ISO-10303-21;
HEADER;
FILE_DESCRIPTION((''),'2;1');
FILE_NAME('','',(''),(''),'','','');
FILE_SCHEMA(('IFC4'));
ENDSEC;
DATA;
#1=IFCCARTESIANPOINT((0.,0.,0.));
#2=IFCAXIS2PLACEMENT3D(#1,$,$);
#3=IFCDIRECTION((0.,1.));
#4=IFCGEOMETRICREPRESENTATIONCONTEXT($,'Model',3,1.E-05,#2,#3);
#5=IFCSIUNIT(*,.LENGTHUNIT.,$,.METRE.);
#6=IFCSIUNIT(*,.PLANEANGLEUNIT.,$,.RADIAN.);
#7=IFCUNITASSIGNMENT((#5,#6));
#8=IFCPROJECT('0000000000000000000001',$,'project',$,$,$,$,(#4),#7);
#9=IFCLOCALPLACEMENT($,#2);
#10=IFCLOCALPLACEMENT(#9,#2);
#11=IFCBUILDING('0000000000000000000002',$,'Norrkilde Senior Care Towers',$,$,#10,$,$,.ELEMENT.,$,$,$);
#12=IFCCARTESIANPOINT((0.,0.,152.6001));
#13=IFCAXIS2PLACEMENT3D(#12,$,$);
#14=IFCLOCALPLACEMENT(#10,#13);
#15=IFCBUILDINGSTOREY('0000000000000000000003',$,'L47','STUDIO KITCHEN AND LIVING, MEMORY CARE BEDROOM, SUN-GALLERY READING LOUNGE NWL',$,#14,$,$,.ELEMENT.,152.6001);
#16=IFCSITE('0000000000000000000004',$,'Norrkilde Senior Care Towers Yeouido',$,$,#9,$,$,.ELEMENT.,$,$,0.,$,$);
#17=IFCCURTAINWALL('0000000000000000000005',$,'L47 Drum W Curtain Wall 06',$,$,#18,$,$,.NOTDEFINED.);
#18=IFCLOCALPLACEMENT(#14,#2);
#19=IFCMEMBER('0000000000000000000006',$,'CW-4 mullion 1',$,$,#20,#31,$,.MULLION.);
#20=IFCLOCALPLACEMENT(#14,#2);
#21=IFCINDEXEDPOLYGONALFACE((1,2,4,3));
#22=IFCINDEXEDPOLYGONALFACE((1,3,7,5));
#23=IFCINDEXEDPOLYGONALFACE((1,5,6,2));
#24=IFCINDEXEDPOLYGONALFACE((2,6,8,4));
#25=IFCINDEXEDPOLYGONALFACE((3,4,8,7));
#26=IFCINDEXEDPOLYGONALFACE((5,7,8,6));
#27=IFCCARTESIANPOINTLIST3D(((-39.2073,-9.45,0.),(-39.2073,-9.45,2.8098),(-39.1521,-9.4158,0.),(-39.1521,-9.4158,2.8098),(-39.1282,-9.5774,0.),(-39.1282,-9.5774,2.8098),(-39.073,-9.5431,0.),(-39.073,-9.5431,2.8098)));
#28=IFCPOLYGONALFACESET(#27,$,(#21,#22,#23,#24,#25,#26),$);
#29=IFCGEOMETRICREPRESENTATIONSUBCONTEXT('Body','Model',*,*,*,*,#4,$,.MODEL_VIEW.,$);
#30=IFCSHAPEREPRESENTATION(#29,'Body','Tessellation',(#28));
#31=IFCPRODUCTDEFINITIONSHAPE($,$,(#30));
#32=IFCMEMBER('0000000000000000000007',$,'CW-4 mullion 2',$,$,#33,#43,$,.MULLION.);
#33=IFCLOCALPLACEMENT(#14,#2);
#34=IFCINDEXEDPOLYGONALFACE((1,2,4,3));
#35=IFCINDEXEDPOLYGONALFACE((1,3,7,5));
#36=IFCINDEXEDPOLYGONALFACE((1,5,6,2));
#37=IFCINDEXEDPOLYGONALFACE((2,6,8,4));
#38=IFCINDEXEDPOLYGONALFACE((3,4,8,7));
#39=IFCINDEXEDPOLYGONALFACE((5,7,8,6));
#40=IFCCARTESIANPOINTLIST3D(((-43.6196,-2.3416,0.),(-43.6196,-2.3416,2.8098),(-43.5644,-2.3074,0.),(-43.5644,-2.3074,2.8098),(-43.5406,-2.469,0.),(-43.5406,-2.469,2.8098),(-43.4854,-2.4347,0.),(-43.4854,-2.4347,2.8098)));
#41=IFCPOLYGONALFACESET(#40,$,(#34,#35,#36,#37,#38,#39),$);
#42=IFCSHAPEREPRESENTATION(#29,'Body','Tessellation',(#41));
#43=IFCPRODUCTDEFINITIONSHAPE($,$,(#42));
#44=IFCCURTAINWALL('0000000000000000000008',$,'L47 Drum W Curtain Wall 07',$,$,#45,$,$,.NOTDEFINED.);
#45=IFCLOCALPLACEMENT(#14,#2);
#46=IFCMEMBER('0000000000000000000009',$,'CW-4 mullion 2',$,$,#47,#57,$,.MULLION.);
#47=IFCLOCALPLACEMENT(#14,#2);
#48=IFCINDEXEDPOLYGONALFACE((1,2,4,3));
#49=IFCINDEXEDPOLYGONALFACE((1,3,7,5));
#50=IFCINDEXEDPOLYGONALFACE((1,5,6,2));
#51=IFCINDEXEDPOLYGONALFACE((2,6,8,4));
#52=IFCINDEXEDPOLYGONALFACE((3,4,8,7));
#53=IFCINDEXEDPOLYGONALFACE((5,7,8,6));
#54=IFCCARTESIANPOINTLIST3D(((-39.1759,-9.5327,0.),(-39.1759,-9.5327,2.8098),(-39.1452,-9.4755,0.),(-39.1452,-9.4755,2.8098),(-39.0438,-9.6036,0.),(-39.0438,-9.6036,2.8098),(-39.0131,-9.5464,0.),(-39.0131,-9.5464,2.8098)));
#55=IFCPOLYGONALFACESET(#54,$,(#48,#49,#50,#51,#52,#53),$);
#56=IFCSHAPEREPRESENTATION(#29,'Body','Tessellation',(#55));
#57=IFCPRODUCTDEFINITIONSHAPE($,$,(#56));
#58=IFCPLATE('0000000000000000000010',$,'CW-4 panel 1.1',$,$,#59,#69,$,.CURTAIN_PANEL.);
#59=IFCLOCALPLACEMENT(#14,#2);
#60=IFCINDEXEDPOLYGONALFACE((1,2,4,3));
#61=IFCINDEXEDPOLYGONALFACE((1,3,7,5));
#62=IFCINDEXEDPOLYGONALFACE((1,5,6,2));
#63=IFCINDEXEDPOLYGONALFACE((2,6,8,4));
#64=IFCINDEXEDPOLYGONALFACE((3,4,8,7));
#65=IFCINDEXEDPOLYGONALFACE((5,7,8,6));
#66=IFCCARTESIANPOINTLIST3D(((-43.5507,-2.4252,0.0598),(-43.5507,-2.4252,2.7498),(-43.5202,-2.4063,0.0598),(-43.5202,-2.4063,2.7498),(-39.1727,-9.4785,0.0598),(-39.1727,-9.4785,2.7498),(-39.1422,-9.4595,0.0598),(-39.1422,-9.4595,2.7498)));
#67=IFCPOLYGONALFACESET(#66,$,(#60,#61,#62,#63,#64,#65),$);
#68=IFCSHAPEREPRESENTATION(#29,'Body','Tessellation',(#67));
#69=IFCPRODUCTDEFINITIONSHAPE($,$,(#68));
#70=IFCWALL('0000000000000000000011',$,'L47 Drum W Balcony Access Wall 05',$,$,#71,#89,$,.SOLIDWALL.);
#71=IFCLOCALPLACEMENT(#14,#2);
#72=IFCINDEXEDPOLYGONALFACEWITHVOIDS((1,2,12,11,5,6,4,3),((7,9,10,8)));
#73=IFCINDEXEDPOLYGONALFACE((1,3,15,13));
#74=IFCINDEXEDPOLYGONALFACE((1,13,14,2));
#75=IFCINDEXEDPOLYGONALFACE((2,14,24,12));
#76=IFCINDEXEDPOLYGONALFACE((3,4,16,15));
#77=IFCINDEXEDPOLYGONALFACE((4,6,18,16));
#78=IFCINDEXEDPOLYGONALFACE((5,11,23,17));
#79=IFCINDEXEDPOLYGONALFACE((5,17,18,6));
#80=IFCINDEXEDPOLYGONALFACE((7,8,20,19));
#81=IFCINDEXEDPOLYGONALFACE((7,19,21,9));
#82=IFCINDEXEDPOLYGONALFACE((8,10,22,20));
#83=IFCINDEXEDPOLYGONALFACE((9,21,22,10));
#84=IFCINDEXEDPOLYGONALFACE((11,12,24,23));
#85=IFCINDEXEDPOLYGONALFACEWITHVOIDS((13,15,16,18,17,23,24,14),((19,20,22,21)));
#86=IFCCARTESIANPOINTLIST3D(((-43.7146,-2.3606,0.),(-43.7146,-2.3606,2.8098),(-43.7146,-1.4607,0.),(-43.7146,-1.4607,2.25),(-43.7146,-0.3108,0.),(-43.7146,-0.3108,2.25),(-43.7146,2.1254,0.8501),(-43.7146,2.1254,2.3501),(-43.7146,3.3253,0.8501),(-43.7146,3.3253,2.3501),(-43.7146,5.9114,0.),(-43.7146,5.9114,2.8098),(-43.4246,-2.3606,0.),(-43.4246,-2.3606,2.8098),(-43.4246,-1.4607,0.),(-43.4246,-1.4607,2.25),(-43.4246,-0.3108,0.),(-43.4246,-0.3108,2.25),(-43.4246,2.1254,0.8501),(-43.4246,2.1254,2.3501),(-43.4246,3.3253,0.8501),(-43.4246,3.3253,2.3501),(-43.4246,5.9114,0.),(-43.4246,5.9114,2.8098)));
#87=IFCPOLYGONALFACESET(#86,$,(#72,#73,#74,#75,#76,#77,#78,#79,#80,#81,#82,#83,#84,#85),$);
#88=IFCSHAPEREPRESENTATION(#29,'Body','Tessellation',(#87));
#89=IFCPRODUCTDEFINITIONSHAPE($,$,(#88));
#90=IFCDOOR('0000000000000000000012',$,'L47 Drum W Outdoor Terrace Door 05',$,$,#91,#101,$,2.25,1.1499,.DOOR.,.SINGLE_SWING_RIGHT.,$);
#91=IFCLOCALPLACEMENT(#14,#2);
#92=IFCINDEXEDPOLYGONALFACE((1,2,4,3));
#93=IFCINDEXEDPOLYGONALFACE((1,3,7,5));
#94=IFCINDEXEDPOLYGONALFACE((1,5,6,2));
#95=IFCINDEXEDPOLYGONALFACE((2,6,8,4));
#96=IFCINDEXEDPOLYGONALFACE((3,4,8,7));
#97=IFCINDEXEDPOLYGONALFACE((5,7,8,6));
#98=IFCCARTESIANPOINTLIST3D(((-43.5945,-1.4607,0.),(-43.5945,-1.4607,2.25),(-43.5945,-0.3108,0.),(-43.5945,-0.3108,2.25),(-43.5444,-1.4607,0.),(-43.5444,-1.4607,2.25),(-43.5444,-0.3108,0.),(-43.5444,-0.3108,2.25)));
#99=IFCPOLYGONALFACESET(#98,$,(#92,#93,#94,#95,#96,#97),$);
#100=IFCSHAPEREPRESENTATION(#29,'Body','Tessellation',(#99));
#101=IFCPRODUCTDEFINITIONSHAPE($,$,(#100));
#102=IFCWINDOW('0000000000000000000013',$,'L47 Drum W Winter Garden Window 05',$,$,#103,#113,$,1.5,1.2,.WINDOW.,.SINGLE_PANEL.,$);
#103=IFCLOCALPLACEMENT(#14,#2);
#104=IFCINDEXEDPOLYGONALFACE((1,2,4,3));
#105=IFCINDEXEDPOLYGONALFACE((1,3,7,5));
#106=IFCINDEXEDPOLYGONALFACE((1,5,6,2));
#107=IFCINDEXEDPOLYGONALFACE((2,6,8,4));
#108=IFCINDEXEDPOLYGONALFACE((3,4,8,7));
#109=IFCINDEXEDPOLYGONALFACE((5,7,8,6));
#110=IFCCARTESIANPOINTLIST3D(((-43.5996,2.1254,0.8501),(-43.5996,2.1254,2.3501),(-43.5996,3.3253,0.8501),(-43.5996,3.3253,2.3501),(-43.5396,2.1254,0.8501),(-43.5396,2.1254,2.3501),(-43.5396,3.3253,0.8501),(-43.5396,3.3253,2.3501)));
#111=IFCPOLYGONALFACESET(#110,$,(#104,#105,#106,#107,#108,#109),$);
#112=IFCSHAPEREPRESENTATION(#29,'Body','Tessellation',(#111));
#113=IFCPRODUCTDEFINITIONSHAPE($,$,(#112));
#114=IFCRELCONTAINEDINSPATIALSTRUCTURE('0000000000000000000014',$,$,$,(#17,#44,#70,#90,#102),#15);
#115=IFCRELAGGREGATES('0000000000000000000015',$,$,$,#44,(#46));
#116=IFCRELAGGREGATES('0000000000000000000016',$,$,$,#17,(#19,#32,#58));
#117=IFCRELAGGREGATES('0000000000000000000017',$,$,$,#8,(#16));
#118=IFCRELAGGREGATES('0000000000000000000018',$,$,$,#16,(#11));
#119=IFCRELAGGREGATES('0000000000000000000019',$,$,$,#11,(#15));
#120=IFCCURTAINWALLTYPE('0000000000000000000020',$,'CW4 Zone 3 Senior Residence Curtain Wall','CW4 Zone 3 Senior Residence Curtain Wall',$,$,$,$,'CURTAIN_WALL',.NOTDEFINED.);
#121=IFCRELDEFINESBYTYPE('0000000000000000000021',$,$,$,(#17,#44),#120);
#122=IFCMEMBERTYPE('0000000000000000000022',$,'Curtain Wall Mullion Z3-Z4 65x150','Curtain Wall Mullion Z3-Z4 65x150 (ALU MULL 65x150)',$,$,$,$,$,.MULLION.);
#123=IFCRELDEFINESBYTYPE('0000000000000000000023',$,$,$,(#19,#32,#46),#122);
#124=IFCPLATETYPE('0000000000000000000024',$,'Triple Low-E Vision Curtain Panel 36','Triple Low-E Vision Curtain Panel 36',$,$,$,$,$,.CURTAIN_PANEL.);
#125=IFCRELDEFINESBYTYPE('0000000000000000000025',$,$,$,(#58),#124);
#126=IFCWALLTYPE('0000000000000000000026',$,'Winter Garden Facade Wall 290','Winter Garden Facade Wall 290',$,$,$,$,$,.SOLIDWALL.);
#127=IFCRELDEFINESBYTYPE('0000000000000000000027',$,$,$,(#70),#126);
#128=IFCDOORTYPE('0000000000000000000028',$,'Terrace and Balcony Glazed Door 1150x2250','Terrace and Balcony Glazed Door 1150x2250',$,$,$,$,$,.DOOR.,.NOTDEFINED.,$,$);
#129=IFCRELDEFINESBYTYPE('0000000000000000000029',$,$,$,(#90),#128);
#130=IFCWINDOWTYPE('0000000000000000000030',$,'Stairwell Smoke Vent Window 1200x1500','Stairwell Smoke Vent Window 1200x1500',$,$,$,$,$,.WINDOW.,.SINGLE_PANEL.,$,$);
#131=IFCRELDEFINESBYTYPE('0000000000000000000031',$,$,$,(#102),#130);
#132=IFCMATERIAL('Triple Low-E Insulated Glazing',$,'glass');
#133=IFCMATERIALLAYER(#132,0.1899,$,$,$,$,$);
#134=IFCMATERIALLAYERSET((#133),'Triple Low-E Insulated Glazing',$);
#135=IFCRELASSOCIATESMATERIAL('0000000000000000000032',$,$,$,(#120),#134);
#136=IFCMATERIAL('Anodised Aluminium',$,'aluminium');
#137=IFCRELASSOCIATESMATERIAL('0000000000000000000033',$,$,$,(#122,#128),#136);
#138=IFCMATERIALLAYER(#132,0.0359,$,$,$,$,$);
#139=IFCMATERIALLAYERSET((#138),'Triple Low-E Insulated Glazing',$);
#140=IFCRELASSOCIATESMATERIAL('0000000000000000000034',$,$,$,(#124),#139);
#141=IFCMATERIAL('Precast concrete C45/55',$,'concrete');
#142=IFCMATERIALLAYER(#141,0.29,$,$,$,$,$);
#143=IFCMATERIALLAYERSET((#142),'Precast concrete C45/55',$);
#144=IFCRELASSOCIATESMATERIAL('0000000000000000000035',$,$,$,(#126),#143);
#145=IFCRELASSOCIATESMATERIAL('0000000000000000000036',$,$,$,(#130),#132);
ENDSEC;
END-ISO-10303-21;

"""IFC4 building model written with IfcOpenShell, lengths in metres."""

from ifc_helpers import new_model, si_unit, direction, frame, frame_2d, origin, origin_2d, place, context, subcontext, project, spatial, rectangle, extrude, source, transform, mapped, material, layer, layer_set, material_profile, profile_set, type_object, type_shapes, element, fill, aggregate, save


model = new_model("IFC4")

# Units and contexts
model_context = context("Model", 3, precision=1e-05, world=origin(), true_north=direction((0.0, 1.0)))
body_context = subcontext(model_context, "Body", "Model", "MODEL_VIEW")
ifc_project = project(units=[si_unit("LENGTHUNIT", "METRE"), si_unit("PLANEANGLEUNIT", "RADIAN")], contexts=[model_context])

# Site, building, storey
site_placement = place(None, origin())
site = spatial("IfcSite", under=ifc_project, at=site_placement, Name="Norrkilde Senior Care Towers Yeouido", CompositionType="ELEMENT", RefElevation=0.0)
building_placement = place(site_placement, origin())
building = spatial("IfcBuilding", under=site, at=building_placement, Name="Norrkilde Senior Care Towers", CompositionType="ELEMENT")
storey_placement = place(building_placement, frame((0.0, 0.0, 152.6001)))
storey = spatial("IfcBuildingStorey", under=building, at=storey_placement, Name="L47", Description="STUDIO KITCHEN AND LIVING, MEMORY CARE BEDROOM, SUN-GALLERY READING LOUNGE NWL", CompositionType="ELEMENT", Elevation=152.6001)

# Curtain wall, members
ifc_material_1 = material(Name="Triple Low-E Insulated Glazing", Category="glass")
ifc_layer_1 = layer(ifc_material_1, 0.1899)
ifc_layer_set_1 = layer_set([ifc_layer_1], Name="Triple Low-E Insulated Glazing")
curtain_wall_type = type_object("IfcCurtainWallType", Name="CW4 Zone 3 Senior Residence Curtain Wall", Description="CW4 Zone 3 Senior Residence Curtain Wall", ElementType="CURTAIN_WALL", PredefinedType="NOTDEFINED", material=ifc_layer_set_1)
curtain_wall_1_placement = place(storey_placement, origin())
curtain_wall_1 = element("IfcCurtainWall", 1, at=curtain_wall_1_placement, inside=storey, type_object=curtain_wall_type, Name="L47 Drum W Curtain Wall 06", PredefinedType="NOTDEFINED")
ifc_material_2 = material(Name="Anodised Aluminium", Category="aluminium")
ifc_material_profile_1 = material_profile(ifc_material_2, rectangle(XDim=0.0649, YDim=0.1499, at=origin_2d()), Name="ALU MULL 65x150")
ifc_profile_set_1 = profile_set([ifc_material_profile_1], Name="Anodised Aluminium")
member_type_1 = type_object("IfcMemberType", Name="Curtain Wall Mullion Z3-Z4 65x150", Description="Curtain Wall Mullion Z3-Z4 65x150 (ALU MULL 65x150)", PredefinedType="MULLION", material=ifc_profile_set_1)
shared_shape_1 = source(origin(), body_context, "Body", "SweptSolid", [
    extrude(rectangle(XDim=0.0649, YDim=0.1499, at=origin_2d()), origin(), (0.0, 0.0, 1.0), 2.8098),
])
type_shapes(member_type_1, [shared_shape_1])
member_1_placement = place(storey_placement, frame((-39.1401, -9.4966, 0.0), z_axis=(0.0, 0.0, 1.0), x_axis=(-0.849634, -0.527373, 0.0)))
member_1 = element("IfcMember", 2, at=member_1_placement, type_object=member_type_1, Name="CW-4 mullion 1", PredefinedType="MULLION", context=body_context, shape_type="MappedRepresentation", body=[
    mapped(shared_shape_1, transform((0.0, 0.0, 0.0), x_axis=(1.0, 0.0, 0.0), y_axis=(0.0, 1.0, 0.0), z_axis=(0.0, 0.0, 1.0), scale=1.0)),
])
member_2_placement = place(storey_placement, frame((-43.5525, -2.3882, 0.0), z_axis=(0.0, 0.0, 1.0), x_axis=(-0.849634, -0.527373, 0.0)))
member_2 = element("IfcMember", 3, at=member_2_placement, type_object=member_type_1, Name="CW-4 mullion 2", PredefinedType="MULLION", context=body_context, shape_type="MappedRepresentation", body=[
    mapped(shared_shape_1, transform((0.0, 0.0, 0.0), x_axis=(1.0, 0.0, 0.0), y_axis=(0.0, 1.0, 0.0), z_axis=(0.0, 0.0, 1.0), scale=1.0)),
])

# Curtain wall, member
curtain_wall_2_placement = place(storey_placement, origin())
curtain_wall_2 = element("IfcCurtainWall", 4, at=curtain_wall_2_placement, inside=storey, type_object=curtain_wall_type, Name="L47 Drum W Curtain Wall 07", PredefinedType="NOTDEFINED")
member_3_placement = place(storey_placement, frame((-39.0945, -9.5396, 0.0), z_axis=(0.0, 0.0, 1.0), x_axis=(-0.473117, -0.881, 0.0)))
member_3 = element("IfcMember", 5, at=member_3_placement, type_object=member_type_1, Name="CW-4 mullion 2", PredefinedType="MULLION", context=body_context, shape_type="MappedRepresentation", body=[
    mapped(shared_shape_1, transform((0.0, 0.0, 0.0), x_axis=(1.0, 0.0, 0.0), y_axis=(0.0, 1.0, 0.0), z_axis=(0.0, 0.0, 1.0), scale=1.0)),
])
aggregate(curtain_wall_2, [member_3])

# Plate
ifc_layer_2 = layer(ifc_material_1, 0.0359)
ifc_layer_set_2 = layer_set([ifc_layer_2], Name="Triple Low-E Insulated Glazing")
plate_type = type_object("IfcPlateType", Name="Triple Low-E Vision Curtain Panel 36", Description="Triple Low-E Vision Curtain Panel 36", PredefinedType="CURTAIN_PANEL", material=ifc_layer_set_2)
shared_shape_2 = source(origin(), body_context, "Body", "SweptSolid", [
    extrude(rectangle(XDim=8.3015, YDim=0.0359, at=origin_2d()), origin(), (0.0, 0.0, 1.0), 2.6899),
])
type_shapes(plate_type, [shared_shape_2])
plate_placement = place(storey_placement, frame((-41.3464, -5.9424, 0.0598), z_axis=(0.0, 0.0, 1.0), x_axis=(-0.527373, 0.849634, 0.0)))
plate = element("IfcPlate", 6, at=plate_placement, type_object=plate_type, Name="CW-4 panel 1.1", PredefinedType="CURTAIN_PANEL", context=body_context, shape_type="MappedRepresentation", body=[
    mapped(shared_shape_2, transform((0.0, 0.0, 0.0), x_axis=(1.0, 0.0, 0.0), y_axis=(0.0, 1.0, 0.0), z_axis=(0.0, 0.0, 1.0), scale=1.0)),
])
aggregate(curtain_wall_1, [member_1, member_2, plate])

# Wall, openings, door, window
ifc_material_3 = material(Name="Precast concrete C45/55", Category="concrete")
ifc_layer_3 = layer(ifc_material_3, 0.29)
ifc_layer_set_3 = layer_set([ifc_layer_3], Name="Precast concrete C45/55")
wall_type_1 = type_object("IfcWallType", Name="Winter Garden Facade Wall 290", Description="Winter Garden Facade Wall 290", PredefinedType="SOLIDWALL", material=ifc_layer_set_3)
shared_shape_3 = source(origin(), body_context, "Body", "SweptSolid", [
    extrude(rectangle(XDim=8.272, YDim=0.29, at=frame_2d((4.136, 0.0))), origin(), (0.0, 0.0, 1.0), 2.8098),
])
type_shapes(wall_type_1, [shared_shape_3])
wall_1_placement = place(storey_placement, frame((-43.5696, -2.3606, 0.0), z_axis=(0.0, 0.0, 1.0), x_axis=(0.0, 1.0, 0.0)))
wall_1 = element("IfcWall", 7, at=wall_1_placement, inside=storey, type_object=wall_type_1, Name="L47 Drum W Balcony Access Wall 05", PredefinedType="SOLIDWALL", context=body_context, shape_type="MappedRepresentation", body=[
    mapped(shared_shape_3, transform((0.0, 0.0, 0.0), x_axis=(1.0, 0.0, 0.0), y_axis=(0.0, 1.0, 0.0), z_axis=(0.0, 0.0, 1.0), scale=1.0)),
])
opening_1_placement = place(wall_1_placement, frame((0.8999, 0.0, 0.0)))
opening_1 = element("IfcOpeningElement", 8, at=opening_1_placement, cuts=wall_1, PredefinedType="OPENING", context=body_context, shape_type="SweptSolid", body=[
    extrude(rectangle(XDim=1.1499, YDim=2.25, at=frame_2d((0.575, 1.125))), frame((0.0, 0.155, 0.0), z_axis=(0.0, -1.0, 0.0), x_axis=(1.0, 0.0, 0.0)), (0.0, 0.0, 1.0), 0.3101),
])
opening_2_placement = place(wall_1_placement, frame((4.4858, 0.0, 0.8501)))
opening_2 = element("IfcOpeningElement", 9, at=opening_2_placement, cuts=wall_1, PredefinedType="OPENING", context=body_context, shape_type="SweptSolid", body=[
    extrude(rectangle(XDim=1.2, YDim=1.5, at=frame_2d((0.6001, 0.75))), frame((0.0, 0.155, 0.0), z_axis=(0.0, -1.0, 0.0), x_axis=(1.0, 0.0, 0.0)), (0.0, 0.0, 1.0), 0.3101),
])
door_type_1 = type_object("IfcDoorType", Name="Terrace and Balcony Glazed Door 1150x2250", Description="Terrace and Balcony Glazed Door 1150x2250", OperationType="NOTDEFINED", PredefinedType="DOOR", material=ifc_material_2)
shared_shape_4 = source(origin(), body_context, "Body", "SweptSolid", [
    extrude(rectangle(XDim=1.1499, YDim=2.25, at=frame_2d((0.575, 1.125))), frame((0.0, 0.0249, 0.0), z_axis=(0.0, -1.0, 0.0), x_axis=(1.0, 0.0, 0.0)), (0.0, 0.0, 1.0), 0.05),
])
type_shapes(door_type_1, [shared_shape_4])
door_1_placement = place(opening_1_placement, origin())
door_1 = element("IfcDoor", 10, at=door_1_placement, inside=storey, type_object=door_type_1, Name="L47 Drum W Outdoor Terrace Door 05", OperationType="SINGLE_SWING_RIGHT", OverallHeight=2.25, OverallWidth=1.1499, PredefinedType="DOOR", context=body_context, shape_type="MappedRepresentation", body=[
    mapped(shared_shape_4, transform((0.0, 0.0, 0.0), x_axis=(1.0, 0.0, 0.0), y_axis=(0.0, 1.0, 0.0), z_axis=(0.0, 0.0, 1.0), scale=1.0)),
])
fill(opening_1, door_1)
window_type = type_object("IfcWindowType", Name="Stairwell Smoke Vent Window 1200x1500", Description="Stairwell Smoke Vent Window 1200x1500", PartitioningType="SINGLE_PANEL", PredefinedType="WINDOW", material=ifc_material_1)
shared_shape_5 = source(origin(), body_context, "Body", "SweptSolid", [
    extrude(rectangle(XDim=1.2, YDim=1.5, at=frame_2d((0.6001, 0.75))), frame((0.0, 0.03, 0.0), z_axis=(0.0, -1.0, 0.0), x_axis=(1.0, 0.0, 0.0)), (0.0, 0.0, 1.0), 0.0601),
])
type_shapes(window_type, [shared_shape_5])
window_placement = place(opening_2_placement, origin())
window = element("IfcWindow", 11, at=window_placement, inside=storey, type_object=window_type, Name="L47 Drum W Winter Garden Window 05", OverallHeight=1.5, OverallWidth=1.2, PartitioningType="SINGLE_PANEL", PredefinedType="WINDOW", context=body_context, shape_type="MappedRepresentation", body=[
    mapped(shared_shape_5, transform((0.0, 0.0, 0.0), x_axis=(1.0, 0.0, 0.0), y_axis=(0.0, 1.0, 0.0), z_axis=(0.0, 0.0, 1.0), scale=1.0)),
])
fill(opening_2, window)

save(model, "model.ifc")
